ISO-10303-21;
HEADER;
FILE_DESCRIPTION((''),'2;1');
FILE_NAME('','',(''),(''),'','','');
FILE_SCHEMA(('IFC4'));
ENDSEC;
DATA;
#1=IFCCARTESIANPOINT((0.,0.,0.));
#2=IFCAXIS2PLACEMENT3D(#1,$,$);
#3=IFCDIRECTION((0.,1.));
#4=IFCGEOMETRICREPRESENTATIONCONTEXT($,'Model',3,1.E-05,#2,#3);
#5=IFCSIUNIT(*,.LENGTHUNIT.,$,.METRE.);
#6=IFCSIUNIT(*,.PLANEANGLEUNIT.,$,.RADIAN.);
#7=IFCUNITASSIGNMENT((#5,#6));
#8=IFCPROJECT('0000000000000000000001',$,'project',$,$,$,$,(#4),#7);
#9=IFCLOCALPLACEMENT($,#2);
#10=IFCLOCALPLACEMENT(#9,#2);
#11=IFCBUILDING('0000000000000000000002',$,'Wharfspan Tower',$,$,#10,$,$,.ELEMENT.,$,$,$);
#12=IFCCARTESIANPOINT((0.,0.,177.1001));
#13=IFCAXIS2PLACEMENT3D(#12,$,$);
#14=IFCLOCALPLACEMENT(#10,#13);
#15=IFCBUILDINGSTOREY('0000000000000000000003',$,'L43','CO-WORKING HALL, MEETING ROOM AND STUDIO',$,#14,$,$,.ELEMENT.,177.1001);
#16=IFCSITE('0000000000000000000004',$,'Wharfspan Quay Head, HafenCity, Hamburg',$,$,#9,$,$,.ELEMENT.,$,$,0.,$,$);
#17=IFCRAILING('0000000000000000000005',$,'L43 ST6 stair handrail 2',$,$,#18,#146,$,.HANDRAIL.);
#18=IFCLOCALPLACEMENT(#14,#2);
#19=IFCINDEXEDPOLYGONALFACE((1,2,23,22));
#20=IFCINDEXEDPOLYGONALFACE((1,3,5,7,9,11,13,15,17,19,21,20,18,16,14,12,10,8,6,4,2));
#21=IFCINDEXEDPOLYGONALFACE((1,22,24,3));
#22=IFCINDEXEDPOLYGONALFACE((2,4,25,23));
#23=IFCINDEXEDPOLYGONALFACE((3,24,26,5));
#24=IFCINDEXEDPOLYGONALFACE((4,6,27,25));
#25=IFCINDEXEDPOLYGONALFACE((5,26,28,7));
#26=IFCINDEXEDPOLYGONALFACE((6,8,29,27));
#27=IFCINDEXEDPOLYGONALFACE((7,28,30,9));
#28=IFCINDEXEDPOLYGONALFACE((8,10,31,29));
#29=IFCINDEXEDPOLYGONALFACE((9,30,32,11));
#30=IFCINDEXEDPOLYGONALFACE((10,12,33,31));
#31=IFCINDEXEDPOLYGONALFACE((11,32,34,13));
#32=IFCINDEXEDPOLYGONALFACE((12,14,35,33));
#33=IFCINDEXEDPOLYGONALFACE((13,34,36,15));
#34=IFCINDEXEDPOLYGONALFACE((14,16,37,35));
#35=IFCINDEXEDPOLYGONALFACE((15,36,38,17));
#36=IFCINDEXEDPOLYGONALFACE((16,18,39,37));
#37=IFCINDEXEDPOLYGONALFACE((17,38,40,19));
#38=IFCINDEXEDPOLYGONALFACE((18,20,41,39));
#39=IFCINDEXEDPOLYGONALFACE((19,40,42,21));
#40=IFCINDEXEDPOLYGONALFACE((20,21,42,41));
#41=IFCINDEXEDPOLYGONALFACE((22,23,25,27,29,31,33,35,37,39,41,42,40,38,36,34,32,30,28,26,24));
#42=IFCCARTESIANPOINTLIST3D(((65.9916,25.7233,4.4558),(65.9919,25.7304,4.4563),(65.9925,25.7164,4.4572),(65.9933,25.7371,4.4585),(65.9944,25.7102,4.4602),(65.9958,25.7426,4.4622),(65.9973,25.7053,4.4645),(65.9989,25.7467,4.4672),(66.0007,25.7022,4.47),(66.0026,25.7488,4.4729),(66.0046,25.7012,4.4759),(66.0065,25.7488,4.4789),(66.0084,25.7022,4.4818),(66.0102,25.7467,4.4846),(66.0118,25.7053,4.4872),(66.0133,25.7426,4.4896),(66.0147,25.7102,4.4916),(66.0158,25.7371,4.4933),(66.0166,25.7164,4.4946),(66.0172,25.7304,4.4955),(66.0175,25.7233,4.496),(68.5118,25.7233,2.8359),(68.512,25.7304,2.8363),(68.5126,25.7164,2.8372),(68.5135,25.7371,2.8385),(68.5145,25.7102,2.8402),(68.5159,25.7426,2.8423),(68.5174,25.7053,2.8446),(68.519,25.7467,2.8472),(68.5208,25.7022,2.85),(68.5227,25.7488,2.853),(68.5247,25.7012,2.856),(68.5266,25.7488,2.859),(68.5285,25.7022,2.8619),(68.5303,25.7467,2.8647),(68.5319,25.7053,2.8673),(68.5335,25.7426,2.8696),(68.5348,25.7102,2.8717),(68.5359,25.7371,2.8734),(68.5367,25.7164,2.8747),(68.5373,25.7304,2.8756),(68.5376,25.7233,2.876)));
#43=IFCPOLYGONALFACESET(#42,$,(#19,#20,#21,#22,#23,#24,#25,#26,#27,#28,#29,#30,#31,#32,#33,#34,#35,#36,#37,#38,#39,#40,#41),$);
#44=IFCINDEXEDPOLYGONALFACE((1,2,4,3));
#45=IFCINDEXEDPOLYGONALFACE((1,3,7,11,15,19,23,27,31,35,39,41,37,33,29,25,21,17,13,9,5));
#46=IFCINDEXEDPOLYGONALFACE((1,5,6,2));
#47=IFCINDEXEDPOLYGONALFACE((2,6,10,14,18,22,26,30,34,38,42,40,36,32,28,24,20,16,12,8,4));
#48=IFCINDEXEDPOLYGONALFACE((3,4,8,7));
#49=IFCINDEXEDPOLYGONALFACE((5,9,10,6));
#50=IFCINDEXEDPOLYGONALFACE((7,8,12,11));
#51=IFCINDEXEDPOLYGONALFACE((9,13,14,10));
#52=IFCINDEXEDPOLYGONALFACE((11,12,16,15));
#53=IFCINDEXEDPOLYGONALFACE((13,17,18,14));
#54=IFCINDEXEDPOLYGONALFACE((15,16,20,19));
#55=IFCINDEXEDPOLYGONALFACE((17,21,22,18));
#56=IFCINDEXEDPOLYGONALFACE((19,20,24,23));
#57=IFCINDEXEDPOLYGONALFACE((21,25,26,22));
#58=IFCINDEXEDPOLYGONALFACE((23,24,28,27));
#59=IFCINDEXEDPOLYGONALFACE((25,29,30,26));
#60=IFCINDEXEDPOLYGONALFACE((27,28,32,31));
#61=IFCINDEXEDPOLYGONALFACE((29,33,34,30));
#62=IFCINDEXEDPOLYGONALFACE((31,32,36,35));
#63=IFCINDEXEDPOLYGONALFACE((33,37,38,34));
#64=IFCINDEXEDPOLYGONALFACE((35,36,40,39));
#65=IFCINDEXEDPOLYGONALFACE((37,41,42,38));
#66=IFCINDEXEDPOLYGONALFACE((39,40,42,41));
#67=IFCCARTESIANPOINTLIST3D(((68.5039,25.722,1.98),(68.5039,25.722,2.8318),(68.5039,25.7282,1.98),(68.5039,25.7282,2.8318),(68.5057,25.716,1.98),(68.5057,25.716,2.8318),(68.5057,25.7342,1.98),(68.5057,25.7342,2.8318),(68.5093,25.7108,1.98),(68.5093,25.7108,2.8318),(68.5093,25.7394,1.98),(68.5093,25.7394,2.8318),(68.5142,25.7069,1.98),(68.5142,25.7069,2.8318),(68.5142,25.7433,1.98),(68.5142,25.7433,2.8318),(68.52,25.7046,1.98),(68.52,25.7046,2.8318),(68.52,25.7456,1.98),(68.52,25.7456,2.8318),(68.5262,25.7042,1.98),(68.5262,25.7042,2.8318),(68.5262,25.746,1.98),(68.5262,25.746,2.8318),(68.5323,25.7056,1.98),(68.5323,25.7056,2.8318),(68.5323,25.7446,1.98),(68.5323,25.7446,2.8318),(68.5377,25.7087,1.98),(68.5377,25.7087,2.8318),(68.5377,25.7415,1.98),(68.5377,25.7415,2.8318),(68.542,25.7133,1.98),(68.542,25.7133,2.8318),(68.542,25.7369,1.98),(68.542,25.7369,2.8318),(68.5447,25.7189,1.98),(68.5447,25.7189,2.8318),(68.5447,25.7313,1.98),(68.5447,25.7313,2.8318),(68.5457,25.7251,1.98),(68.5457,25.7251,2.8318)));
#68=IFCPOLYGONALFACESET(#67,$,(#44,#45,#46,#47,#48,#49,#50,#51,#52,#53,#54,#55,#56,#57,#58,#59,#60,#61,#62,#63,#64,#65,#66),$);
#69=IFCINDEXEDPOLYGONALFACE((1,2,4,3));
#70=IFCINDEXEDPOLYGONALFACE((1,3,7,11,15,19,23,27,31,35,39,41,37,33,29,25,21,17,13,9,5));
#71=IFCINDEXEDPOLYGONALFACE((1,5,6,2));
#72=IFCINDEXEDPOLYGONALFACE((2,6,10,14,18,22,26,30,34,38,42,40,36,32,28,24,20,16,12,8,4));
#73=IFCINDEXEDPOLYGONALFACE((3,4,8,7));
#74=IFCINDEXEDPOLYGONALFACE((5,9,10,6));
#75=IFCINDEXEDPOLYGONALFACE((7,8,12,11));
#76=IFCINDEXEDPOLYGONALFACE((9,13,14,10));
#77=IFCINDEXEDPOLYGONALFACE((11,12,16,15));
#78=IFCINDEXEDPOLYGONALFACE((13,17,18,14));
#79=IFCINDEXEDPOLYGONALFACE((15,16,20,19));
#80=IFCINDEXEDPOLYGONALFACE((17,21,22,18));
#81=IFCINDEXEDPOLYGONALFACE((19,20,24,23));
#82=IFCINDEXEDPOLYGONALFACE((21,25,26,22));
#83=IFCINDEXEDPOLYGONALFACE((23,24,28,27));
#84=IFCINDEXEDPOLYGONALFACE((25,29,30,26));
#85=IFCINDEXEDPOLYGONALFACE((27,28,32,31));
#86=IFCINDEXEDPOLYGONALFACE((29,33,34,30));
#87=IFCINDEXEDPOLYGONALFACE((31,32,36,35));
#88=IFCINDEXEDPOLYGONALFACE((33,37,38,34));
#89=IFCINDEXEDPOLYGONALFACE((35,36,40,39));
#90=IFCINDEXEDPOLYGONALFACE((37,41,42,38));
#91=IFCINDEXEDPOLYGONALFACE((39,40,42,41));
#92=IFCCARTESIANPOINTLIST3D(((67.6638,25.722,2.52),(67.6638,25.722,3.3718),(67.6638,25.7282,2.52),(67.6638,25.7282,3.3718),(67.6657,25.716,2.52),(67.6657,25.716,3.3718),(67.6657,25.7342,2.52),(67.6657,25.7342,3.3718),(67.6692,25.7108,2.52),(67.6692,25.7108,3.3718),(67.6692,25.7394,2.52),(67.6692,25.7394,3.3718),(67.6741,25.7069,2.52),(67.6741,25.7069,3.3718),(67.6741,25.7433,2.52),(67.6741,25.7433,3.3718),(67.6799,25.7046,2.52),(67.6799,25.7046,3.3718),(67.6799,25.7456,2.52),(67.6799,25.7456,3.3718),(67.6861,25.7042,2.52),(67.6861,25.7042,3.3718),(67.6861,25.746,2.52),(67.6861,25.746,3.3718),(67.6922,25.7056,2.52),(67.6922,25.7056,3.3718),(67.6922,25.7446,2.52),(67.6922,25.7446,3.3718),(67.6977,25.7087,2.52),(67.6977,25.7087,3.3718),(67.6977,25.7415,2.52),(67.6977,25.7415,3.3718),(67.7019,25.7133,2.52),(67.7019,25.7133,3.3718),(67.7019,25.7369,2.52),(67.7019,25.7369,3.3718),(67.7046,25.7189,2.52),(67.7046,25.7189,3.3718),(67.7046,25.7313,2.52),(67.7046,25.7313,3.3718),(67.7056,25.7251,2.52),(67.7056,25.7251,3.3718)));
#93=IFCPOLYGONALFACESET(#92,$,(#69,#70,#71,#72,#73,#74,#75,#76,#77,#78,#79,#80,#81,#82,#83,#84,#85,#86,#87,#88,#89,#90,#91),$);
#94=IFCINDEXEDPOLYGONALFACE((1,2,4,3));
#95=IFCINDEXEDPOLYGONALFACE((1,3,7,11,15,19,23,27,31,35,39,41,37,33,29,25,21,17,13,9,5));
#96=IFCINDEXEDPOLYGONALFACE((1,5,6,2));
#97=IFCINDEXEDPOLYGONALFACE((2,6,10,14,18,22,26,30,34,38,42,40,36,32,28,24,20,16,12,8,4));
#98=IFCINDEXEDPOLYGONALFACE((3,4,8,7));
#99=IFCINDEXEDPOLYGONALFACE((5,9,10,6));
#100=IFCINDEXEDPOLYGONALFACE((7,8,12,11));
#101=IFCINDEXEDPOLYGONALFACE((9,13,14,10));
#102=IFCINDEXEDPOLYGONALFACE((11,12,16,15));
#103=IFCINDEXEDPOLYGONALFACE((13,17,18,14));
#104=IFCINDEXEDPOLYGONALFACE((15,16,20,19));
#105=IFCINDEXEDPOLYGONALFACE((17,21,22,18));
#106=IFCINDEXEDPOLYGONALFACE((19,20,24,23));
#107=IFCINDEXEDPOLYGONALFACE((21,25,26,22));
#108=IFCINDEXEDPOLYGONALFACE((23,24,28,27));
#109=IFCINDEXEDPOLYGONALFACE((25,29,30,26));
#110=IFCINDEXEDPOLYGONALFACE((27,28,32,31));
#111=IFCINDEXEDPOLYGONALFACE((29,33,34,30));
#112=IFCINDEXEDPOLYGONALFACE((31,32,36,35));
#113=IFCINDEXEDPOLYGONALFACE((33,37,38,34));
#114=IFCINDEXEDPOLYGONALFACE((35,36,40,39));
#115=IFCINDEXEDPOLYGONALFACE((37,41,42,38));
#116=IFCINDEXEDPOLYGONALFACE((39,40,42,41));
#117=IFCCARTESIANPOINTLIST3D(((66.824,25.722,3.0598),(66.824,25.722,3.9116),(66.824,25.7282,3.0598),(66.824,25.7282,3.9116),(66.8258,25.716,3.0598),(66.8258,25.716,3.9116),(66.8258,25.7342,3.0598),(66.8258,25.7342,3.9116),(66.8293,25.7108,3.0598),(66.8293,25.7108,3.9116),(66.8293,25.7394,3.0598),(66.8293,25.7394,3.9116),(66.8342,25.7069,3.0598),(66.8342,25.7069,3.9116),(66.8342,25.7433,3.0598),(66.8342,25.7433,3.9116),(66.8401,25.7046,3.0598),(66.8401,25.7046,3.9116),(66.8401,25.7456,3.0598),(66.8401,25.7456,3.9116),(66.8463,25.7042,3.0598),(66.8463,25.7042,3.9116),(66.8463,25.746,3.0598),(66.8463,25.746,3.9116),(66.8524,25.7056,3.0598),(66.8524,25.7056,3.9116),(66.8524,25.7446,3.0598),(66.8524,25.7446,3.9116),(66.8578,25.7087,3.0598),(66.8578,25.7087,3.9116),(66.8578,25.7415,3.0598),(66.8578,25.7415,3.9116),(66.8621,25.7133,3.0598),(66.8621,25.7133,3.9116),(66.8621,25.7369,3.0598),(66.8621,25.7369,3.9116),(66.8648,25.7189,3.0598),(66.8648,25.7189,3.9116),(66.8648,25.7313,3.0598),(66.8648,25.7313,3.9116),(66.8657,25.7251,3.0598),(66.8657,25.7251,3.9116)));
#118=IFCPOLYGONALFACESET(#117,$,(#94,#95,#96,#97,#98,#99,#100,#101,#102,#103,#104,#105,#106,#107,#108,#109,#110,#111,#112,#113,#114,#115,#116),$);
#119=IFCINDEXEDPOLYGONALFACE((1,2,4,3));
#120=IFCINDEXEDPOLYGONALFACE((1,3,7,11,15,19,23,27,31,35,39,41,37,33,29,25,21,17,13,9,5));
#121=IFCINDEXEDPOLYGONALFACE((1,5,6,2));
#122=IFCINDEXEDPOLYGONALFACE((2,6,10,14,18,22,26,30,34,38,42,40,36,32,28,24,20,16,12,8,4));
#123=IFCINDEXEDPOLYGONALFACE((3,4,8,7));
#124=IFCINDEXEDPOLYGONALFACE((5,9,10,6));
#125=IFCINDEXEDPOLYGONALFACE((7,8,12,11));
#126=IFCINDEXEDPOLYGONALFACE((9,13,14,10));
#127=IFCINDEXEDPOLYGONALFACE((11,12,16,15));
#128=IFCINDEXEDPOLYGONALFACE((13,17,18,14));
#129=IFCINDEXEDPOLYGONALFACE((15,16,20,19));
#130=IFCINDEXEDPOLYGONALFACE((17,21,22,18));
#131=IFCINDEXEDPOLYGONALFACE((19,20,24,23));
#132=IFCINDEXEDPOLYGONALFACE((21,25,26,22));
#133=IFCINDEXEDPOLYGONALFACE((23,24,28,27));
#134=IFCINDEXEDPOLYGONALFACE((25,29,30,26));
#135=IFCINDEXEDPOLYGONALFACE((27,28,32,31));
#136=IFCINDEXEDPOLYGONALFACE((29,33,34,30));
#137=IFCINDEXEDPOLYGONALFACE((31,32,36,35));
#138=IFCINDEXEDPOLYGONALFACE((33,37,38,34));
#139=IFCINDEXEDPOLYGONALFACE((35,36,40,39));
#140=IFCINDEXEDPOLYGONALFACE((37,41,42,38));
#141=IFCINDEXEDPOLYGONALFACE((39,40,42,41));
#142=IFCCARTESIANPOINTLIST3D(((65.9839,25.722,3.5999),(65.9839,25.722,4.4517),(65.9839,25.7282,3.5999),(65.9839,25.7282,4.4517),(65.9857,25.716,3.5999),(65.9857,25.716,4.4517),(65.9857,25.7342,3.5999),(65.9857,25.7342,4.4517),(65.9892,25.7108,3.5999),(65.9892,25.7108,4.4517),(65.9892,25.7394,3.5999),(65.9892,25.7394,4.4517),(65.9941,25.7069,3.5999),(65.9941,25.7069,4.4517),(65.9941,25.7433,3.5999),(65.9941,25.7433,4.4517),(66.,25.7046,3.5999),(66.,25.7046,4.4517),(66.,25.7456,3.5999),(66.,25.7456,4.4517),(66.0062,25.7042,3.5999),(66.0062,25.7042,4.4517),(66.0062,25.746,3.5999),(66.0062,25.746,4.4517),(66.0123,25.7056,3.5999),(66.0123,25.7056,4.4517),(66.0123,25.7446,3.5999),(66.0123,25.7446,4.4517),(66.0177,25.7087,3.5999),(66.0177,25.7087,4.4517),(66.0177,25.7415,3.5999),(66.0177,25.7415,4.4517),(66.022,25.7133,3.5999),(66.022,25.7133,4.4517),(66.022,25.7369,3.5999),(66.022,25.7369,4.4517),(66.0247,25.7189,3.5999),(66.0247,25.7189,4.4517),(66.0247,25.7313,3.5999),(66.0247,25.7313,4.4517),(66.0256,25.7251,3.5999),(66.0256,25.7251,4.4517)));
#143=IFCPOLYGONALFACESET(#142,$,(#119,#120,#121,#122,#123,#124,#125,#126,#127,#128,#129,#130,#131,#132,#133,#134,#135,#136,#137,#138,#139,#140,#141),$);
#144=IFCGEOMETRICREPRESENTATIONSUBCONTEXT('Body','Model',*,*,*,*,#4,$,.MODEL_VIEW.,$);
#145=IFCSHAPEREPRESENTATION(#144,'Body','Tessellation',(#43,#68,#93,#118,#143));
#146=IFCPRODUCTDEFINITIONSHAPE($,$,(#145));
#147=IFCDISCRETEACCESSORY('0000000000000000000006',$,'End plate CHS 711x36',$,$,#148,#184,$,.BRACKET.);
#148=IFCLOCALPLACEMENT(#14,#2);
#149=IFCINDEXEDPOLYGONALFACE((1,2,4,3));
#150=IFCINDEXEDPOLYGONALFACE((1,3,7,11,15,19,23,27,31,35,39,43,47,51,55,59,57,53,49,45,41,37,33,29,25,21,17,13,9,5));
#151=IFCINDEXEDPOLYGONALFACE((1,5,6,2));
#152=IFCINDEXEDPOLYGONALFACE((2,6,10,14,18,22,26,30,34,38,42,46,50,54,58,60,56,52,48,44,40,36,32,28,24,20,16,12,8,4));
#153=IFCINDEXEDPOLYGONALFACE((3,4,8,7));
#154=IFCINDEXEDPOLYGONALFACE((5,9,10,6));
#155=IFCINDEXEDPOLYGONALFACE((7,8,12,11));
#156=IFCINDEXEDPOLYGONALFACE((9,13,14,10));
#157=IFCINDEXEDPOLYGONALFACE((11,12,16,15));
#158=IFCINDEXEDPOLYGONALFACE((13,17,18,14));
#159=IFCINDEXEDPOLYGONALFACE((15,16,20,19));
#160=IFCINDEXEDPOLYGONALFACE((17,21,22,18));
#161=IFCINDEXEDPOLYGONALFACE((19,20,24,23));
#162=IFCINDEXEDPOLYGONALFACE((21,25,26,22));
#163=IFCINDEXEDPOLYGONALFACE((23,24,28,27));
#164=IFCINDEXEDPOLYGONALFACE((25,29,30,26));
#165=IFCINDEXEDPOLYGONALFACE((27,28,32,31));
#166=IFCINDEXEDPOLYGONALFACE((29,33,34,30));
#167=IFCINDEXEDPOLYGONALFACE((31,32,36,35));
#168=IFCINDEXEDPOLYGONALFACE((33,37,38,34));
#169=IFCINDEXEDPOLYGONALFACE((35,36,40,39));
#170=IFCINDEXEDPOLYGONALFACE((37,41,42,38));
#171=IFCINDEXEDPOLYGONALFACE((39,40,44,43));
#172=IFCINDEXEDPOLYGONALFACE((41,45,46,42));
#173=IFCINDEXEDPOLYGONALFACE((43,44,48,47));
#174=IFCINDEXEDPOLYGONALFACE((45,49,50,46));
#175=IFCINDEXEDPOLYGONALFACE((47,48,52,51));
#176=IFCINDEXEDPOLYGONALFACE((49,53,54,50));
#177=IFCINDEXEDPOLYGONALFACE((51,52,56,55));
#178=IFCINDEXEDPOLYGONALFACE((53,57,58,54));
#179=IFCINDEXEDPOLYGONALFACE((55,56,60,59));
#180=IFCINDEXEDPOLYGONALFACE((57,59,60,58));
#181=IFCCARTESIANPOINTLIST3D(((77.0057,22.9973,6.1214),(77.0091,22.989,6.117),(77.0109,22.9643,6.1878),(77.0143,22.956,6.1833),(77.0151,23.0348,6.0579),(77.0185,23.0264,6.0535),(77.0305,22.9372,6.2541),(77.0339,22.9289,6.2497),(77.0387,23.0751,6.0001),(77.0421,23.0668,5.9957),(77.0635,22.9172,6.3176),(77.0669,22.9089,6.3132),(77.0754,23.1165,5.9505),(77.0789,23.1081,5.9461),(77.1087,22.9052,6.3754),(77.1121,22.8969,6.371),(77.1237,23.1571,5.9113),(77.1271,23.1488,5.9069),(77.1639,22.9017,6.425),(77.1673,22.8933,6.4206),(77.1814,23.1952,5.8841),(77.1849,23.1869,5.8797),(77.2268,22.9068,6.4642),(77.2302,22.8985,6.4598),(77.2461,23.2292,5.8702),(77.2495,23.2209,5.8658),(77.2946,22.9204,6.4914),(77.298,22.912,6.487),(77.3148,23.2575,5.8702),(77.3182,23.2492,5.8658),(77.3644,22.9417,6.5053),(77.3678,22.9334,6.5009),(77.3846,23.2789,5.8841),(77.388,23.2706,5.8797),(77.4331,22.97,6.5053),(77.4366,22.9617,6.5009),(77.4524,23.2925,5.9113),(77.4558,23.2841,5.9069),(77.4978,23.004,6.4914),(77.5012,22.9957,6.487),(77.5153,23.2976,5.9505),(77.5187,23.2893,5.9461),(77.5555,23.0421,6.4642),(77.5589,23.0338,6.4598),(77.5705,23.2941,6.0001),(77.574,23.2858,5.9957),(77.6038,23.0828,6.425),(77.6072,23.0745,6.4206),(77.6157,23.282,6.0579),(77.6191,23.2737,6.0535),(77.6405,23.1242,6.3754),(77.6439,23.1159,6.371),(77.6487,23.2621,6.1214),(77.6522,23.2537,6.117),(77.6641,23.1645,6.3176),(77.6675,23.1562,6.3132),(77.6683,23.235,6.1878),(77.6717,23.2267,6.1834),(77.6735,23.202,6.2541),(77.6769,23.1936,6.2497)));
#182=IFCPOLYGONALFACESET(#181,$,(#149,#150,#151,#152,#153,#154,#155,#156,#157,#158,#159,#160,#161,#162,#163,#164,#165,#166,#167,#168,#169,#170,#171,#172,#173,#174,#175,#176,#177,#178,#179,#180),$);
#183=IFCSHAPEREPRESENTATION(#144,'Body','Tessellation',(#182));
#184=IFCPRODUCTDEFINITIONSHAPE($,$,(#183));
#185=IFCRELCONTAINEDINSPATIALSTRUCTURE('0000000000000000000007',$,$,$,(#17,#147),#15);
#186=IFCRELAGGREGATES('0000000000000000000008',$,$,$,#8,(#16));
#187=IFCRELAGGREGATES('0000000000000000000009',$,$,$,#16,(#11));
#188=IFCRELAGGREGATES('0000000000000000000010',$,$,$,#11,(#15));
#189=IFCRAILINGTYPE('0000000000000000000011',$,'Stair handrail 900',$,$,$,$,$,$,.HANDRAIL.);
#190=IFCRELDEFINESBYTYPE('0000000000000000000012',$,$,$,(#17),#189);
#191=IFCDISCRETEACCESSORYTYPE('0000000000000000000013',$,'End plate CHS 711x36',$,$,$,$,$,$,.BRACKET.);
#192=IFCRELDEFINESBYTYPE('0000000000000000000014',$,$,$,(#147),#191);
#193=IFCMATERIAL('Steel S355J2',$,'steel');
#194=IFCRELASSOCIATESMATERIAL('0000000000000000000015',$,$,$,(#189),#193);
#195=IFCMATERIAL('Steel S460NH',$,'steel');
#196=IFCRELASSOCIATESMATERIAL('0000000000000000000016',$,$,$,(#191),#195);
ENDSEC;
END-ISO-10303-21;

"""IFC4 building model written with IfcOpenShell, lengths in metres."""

from ifc_helpers import new_model, si_unit, direction, frame, origin, origin_2d, place, context, subcontext, project, spatial, circle, extrude, material, material_profile, profile_set, type_object, element, save


model = new_model("IFC4")

# Units and contexts
model_context = context("Model", 3, precision=1e-05, world=origin(), true_north=direction((0.0, 1.0)))
body_context = subcontext(model_context, "Body", "Model", "MODEL_VIEW")
ifc_project = project(units=[si_unit("LENGTHUNIT", "METRE"), si_unit("PLANEANGLEUNIT", "RADIAN")], contexts=[model_context])

# Site, building, storey
site_placement = place(None, origin())
site = spatial("IfcSite", under=ifc_project, at=site_placement, Name="Wharfspan Quay Head, HafenCity, Hamburg", CompositionType="ELEMENT", RefElevation=0.0)
building_placement = place(site_placement, origin())
building = spatial("IfcBuilding", under=site, at=building_placement, Name="Wharfspan Tower", CompositionType="ELEMENT")
storey_placement = place(building_placement, frame((0.0, 0.0, 177.1001)))
storey = spatial("IfcBuildingStorey", under=building, at=storey_placement, Name="L43", Description="CO-WORKING HALL, MEETING ROOM AND STUDIO", CompositionType="ELEMENT", Elevation=177.1001)

# Shared definitions
ifc_material_1 = material(Name="Steel S355J2", Category="steel")

# Shared definitions
ifc_material_2 = material(Name="Steel S460NH", Category="steel")

# Railing
railing_type_1 = type_object("IfcRailingType", Name="Stair handrail 900", PredefinedType="HANDRAIL", material=ifc_material_1)
railing_1_placement = place(storey_placement, frame((68.5247, 25.7251, 1.98)))
element("IfcRailing", 1, at=railing_1_placement, inside=storey, type_object=railing_type_1, Name="L43 ST6 stair handrail 2", PredefinedType="HANDRAIL", context=body_context, shape_type="SweptSolid", body=[
    extrude(circle(Radius=0.0239, at=origin_2d()), frame((0.0, 0.0, 0.876), z_axis=(-0.8412, 0.0, 0.540725), x_axis=(0.0, -1.0, 0.0)), (0.0, 0.0, 1.0), 2.9958),
    extrude(circle(Radius=0.021, at=origin_2d()), origin(), (0.0, 0.0, 1.0), 0.8518),
    extrude(circle(Radius=0.021, at=origin_2d()), frame((-0.8401, 0.0, 0.54)), (0.0, 0.0, 1.0), 0.8518),
    extrude(circle(Radius=0.021, at=origin_2d()), frame((-1.6799, 0.0, 1.0798)), (0.0, 0.0, 1.0), 0.8518),
    extrude(circle(Radius=0.021, at=origin_2d()), frame((-2.52, 0.0, 1.6199)), (0.0, 0.0, 1.0), 0.8518),
])

# Discrete accessory
ifc_material_profile_1 = material_profile(ifc_material_2, circle(Radius=0.3555, at=origin_2d()))
ifc_profile_set_1 = profile_set([ifc_material_profile_1], Name="Steel S460NH")
discrete_accessory_type = type_object("IfcDiscreteAccessoryType", Name="End plate CHS 711x36", PredefinedType="BRACKET", material=ifc_profile_set_1)
for number, where, z_axis, x_axis, name in (
    (2, (77.343, 23.0913, 6.1833), (-0.341972, 0.830504, 0.439679), (-0.924678, -0.380749, -0.000001), "End plate CHS 711x36"),
):
    element("IfcDiscreteAccessory", number, at=place(storey_placement, frame(where, z_axis=z_axis, x_axis=x_axis)), inside=storey, type_object=discrete_accessory_type, Name=name, PredefinedType="BRACKET", context=body_context, shape_type="SweptSolid", body=[
        extrude(circle(Radius=0.3555, at=origin_2d()), origin(), (0.0, 0.0, 1.0), 0.01),
    ])

save(model, "model.ifc")
